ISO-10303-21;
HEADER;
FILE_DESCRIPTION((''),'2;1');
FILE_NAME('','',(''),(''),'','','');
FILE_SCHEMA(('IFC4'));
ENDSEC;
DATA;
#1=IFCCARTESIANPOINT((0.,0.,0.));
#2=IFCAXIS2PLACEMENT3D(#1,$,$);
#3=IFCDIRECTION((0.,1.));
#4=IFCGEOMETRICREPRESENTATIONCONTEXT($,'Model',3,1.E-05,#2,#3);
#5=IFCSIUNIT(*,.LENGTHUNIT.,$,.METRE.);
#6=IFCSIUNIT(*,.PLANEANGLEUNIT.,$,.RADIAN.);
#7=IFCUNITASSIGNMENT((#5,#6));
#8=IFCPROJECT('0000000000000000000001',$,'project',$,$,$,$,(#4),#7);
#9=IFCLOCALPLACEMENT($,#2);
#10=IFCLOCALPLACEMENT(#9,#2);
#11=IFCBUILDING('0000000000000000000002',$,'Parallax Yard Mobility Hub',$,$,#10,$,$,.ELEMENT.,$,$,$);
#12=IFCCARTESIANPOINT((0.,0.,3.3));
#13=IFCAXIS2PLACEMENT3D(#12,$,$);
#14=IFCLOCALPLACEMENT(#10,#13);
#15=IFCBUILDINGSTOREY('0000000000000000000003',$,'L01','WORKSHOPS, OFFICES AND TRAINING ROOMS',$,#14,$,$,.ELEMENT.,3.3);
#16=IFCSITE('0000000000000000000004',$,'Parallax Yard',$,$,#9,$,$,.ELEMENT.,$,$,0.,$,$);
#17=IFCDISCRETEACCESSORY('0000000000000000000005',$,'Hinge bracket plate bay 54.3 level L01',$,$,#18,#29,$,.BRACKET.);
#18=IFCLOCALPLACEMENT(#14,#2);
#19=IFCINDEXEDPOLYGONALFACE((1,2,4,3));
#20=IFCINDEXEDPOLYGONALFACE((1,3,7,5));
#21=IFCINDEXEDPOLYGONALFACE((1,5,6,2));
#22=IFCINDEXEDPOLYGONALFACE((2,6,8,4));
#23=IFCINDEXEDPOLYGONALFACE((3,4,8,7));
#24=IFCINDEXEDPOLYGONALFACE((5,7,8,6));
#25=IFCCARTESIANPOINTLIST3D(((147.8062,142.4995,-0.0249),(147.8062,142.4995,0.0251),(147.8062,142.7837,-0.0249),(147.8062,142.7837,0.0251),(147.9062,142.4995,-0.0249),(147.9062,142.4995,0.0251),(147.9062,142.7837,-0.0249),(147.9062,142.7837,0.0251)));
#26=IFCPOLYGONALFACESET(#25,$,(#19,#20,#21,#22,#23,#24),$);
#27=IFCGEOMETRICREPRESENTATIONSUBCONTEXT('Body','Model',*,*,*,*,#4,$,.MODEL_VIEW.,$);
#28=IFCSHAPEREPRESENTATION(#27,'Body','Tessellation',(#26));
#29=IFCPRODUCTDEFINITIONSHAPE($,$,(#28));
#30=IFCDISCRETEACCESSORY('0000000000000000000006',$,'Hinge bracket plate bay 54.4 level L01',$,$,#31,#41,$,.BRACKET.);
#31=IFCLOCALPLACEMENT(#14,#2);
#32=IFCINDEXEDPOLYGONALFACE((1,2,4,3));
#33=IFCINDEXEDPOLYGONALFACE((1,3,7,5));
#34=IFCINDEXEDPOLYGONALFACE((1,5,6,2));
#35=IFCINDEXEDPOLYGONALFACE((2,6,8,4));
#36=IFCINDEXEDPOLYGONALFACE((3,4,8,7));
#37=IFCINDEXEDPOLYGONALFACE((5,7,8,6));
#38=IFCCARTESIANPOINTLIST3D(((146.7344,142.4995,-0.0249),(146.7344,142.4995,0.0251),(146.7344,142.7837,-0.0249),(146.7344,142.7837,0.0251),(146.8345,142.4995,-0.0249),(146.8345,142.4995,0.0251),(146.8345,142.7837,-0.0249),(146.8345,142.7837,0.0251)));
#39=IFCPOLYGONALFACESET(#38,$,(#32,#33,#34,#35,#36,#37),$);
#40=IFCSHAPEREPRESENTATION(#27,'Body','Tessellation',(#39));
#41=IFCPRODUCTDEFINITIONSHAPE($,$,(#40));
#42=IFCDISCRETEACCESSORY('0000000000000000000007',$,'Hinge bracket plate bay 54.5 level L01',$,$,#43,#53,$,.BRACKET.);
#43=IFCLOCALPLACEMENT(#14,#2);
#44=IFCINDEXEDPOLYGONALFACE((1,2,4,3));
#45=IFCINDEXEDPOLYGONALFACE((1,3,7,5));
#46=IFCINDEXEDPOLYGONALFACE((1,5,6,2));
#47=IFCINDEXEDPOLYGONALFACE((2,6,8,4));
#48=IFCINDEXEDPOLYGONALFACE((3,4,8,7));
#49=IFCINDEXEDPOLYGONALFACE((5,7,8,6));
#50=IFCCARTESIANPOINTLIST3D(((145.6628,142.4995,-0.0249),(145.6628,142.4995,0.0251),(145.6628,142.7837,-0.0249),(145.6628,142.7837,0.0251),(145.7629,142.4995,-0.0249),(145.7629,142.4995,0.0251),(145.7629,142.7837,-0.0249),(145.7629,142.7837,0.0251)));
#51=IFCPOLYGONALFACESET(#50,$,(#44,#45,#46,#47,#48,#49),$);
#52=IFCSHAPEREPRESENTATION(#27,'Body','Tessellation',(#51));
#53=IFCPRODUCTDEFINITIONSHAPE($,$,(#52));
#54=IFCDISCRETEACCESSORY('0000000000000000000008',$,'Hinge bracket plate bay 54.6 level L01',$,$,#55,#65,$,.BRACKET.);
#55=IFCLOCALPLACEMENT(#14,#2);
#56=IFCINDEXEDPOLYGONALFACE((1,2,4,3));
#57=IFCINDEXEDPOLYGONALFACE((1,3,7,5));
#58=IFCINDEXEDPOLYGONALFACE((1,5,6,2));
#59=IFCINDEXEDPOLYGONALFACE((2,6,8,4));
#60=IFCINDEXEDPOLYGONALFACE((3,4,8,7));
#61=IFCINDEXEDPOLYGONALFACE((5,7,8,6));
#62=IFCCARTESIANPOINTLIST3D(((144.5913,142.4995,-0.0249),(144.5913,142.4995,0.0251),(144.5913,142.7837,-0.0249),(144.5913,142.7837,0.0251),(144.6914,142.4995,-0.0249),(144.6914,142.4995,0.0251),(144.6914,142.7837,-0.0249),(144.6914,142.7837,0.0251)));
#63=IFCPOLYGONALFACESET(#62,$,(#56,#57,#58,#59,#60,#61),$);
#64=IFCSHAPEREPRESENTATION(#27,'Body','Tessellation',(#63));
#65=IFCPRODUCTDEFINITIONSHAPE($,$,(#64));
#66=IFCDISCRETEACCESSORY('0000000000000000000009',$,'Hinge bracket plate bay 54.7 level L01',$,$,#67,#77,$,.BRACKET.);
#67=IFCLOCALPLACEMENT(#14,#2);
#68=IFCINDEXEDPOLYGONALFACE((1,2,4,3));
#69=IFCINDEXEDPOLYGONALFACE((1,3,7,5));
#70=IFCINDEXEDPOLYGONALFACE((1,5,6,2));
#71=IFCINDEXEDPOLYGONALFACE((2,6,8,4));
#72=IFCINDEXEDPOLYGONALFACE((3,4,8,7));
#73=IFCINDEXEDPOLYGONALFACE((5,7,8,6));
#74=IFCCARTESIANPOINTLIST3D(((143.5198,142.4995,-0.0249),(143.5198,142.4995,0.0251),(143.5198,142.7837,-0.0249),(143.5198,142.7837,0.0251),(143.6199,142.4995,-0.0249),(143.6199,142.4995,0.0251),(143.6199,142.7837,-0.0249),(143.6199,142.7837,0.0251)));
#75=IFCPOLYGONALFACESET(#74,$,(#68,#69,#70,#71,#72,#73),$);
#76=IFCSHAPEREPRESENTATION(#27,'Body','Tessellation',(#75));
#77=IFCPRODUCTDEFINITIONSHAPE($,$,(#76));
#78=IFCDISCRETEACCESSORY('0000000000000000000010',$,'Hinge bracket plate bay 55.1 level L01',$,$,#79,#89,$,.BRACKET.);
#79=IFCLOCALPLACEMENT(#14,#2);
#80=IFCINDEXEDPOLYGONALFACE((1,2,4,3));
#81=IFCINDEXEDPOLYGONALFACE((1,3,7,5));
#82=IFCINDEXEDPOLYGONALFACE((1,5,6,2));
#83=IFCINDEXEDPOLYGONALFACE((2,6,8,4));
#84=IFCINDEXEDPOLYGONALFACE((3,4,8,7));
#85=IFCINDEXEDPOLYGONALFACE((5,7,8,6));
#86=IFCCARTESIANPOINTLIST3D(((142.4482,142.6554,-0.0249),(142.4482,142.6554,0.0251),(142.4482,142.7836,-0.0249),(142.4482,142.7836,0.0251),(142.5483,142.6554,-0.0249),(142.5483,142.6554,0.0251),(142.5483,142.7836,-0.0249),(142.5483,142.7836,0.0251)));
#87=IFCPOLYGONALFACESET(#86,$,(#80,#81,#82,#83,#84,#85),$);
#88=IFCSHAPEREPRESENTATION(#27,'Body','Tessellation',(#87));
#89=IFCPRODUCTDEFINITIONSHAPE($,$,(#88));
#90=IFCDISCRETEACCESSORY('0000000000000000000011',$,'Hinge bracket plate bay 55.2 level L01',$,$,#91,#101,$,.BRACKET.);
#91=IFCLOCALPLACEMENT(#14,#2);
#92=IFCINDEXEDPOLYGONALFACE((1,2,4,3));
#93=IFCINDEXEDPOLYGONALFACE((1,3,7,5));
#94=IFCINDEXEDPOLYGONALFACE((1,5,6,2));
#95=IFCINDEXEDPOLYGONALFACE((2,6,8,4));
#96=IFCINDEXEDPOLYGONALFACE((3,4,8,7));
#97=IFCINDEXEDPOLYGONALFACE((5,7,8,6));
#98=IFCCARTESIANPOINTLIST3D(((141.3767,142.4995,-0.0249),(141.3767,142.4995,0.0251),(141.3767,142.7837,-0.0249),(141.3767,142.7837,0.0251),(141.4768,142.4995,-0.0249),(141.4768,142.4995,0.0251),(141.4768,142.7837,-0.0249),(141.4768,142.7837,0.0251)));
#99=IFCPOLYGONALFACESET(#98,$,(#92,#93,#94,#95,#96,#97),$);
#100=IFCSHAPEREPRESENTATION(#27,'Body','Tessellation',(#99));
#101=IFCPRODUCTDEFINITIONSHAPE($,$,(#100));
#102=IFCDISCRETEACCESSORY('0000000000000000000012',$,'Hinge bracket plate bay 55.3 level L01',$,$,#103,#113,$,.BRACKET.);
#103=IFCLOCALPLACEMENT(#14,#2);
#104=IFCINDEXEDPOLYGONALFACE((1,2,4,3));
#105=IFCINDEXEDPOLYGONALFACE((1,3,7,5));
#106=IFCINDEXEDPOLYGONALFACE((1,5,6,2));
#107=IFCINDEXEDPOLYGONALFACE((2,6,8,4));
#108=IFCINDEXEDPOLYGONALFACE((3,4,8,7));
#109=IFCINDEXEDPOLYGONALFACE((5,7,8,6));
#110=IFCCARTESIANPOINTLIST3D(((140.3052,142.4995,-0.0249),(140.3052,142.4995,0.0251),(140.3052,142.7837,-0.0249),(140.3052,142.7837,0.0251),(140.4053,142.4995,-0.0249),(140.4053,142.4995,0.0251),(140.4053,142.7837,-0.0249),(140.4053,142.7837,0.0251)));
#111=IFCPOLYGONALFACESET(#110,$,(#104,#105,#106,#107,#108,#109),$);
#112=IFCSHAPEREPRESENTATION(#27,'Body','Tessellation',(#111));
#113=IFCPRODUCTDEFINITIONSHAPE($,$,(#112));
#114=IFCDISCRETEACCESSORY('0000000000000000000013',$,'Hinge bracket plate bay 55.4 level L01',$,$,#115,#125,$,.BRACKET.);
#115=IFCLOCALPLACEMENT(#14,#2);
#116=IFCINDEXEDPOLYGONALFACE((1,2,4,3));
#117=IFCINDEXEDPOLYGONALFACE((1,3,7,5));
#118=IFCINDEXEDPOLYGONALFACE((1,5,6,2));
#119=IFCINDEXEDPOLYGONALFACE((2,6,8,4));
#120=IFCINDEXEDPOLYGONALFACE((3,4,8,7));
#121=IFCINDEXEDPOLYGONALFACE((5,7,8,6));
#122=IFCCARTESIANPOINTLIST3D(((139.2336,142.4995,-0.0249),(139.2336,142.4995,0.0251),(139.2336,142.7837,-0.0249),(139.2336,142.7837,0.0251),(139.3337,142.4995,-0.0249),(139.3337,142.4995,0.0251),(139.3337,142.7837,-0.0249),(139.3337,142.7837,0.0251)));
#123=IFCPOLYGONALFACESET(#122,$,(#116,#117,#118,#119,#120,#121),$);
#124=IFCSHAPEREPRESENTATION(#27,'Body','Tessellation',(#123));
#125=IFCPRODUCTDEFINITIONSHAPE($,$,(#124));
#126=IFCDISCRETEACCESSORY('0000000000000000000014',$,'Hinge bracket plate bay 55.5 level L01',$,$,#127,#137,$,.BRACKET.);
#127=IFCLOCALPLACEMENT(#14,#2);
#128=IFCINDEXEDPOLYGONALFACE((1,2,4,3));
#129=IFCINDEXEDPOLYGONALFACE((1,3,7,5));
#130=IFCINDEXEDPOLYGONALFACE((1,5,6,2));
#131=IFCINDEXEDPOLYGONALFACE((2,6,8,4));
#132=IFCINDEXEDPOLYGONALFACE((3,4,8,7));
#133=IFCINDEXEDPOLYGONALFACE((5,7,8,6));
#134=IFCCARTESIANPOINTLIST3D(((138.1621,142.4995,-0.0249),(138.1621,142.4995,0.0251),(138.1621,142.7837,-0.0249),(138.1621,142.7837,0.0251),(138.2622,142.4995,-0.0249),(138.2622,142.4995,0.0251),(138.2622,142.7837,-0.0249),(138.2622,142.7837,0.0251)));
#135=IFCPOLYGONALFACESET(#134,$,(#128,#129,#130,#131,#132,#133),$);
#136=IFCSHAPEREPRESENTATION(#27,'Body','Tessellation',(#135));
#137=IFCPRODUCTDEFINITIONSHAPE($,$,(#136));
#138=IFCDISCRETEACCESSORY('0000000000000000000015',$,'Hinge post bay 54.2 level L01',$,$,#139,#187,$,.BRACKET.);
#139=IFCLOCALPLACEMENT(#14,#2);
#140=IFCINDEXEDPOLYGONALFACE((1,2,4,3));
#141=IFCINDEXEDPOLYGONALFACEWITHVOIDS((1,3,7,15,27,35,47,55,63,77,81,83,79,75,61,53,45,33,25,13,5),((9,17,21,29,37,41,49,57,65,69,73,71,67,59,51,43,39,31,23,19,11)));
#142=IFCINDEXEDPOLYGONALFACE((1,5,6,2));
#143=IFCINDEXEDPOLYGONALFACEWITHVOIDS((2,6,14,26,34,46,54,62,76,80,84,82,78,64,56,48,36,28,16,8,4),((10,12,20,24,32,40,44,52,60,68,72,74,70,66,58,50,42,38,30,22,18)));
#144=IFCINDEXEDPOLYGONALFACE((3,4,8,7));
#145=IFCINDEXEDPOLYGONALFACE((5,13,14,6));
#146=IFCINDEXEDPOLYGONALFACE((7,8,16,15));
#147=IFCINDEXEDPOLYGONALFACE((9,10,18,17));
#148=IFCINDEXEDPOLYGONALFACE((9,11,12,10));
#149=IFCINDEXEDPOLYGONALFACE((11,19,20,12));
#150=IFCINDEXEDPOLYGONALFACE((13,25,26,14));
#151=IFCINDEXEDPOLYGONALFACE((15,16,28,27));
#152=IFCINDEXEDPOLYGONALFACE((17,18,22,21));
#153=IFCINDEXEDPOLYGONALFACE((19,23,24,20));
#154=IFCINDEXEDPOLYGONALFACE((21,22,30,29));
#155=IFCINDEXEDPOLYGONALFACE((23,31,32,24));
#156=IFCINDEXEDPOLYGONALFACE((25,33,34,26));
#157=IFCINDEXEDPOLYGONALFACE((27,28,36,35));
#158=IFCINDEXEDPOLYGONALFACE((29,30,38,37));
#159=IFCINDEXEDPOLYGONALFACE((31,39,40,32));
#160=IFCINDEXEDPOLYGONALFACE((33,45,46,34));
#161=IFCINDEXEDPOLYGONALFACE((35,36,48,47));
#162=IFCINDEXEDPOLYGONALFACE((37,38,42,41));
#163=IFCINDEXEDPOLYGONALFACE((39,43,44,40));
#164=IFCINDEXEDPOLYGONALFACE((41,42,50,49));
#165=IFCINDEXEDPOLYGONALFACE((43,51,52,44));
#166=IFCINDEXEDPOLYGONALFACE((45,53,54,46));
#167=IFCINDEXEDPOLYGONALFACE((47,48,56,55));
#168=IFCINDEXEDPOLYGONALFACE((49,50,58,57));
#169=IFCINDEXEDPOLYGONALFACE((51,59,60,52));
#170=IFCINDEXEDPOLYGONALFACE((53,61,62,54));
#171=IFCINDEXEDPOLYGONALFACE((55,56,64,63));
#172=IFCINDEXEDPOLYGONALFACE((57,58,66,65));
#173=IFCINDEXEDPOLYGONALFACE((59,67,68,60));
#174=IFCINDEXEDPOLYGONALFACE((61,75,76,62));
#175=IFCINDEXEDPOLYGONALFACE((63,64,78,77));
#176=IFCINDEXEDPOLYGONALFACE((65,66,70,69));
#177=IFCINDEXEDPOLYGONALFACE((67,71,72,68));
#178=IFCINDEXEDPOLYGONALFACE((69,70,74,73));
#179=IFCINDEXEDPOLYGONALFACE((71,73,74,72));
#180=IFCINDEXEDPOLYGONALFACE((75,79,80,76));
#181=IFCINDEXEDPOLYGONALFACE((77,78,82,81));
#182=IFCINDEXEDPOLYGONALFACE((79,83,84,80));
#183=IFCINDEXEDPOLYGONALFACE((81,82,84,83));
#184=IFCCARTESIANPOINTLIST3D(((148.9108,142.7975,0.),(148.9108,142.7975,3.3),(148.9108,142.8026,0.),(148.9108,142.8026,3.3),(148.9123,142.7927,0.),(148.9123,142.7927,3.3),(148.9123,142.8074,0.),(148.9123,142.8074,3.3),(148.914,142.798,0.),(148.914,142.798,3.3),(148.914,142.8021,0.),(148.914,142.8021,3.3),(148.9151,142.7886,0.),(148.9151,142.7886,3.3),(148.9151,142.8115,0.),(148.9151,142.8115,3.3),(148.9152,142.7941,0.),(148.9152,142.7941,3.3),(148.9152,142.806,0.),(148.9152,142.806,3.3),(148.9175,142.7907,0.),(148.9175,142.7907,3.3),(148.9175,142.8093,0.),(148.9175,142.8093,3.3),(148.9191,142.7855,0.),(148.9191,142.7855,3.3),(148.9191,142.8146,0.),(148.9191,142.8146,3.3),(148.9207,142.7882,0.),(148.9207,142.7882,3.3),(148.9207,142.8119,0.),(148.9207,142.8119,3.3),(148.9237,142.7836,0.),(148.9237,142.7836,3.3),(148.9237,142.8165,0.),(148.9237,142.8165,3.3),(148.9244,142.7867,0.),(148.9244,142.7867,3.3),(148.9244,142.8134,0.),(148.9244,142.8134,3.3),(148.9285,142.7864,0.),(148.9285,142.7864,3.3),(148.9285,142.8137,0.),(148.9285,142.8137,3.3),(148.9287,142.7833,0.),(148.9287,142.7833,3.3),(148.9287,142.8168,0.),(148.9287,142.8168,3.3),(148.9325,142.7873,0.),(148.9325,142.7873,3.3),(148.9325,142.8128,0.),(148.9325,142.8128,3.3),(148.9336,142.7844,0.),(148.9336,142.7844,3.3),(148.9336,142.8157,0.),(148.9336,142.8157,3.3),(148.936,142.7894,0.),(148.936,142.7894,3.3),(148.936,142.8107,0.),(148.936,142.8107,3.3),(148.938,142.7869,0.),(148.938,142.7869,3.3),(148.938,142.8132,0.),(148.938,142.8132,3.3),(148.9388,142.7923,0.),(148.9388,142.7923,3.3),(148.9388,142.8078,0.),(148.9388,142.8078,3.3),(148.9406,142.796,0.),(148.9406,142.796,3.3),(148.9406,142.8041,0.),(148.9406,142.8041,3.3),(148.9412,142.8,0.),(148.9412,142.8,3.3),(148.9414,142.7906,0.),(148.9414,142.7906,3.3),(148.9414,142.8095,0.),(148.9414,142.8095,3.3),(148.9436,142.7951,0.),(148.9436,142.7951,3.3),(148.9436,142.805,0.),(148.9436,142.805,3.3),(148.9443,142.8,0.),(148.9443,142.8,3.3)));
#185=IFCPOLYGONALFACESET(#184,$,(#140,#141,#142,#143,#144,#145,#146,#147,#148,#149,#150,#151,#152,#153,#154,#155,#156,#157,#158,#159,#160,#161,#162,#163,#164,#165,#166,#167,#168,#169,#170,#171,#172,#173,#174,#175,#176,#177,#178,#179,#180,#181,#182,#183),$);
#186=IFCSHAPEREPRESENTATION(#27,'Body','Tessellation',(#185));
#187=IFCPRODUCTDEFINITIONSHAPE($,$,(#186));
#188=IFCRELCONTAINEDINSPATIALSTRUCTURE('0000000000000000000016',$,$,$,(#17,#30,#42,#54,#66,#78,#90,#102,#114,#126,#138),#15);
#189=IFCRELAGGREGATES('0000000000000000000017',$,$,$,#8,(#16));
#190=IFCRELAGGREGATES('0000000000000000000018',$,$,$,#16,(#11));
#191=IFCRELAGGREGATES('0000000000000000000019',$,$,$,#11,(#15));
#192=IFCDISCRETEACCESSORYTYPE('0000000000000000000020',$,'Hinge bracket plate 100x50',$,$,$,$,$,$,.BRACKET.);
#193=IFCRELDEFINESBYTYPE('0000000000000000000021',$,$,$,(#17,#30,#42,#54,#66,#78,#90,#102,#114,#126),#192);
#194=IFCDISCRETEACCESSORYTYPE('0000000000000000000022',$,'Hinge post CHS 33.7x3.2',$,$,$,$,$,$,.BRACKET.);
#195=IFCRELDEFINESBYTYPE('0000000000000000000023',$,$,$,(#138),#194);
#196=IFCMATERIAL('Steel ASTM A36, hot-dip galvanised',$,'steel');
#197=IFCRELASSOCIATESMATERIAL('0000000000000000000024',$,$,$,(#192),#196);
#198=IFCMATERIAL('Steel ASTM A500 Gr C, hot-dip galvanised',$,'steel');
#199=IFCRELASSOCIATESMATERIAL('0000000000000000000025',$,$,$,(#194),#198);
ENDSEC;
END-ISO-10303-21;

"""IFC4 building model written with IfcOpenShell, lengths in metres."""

from ifc_helpers import new_model, si_unit, direction, frame, origin, origin_2d, place, context, subcontext, project, spatial, rectangle, hollow_circle, extrude, material, material_profile, profile_set, type_object, element, save


model = new_model("IFC4")

# Units and contexts
model_context = context("Model", 3, precision=1e-05, world=origin(), true_north=direction((0.0, 1.0)))
body_context = subcontext(model_context, "Body", "Model", "MODEL_VIEW")
ifc_project = project(units=[si_unit("LENGTHUNIT", "METRE"), si_unit("PLANEANGLEUNIT", "RADIAN")], contexts=[model_context])

# Site, building, storey
site_placement = place(None, origin())
site = spatial("IfcSite", under=ifc_project, at=site_placement, Name="Parallax Yard", CompositionType="ELEMENT", RefElevation=0.0)
building_placement = place(site_placement, origin())
building = spatial("IfcBuilding", under=site, at=building_placement, Name="Parallax Yard Mobility Hub", CompositionType="ELEMENT")
storey_placement = place(building_placement, frame((0.0, 0.0, 3.3)))
storey = spatial("IfcBuildingStorey", under=building, at=storey_placement, Name="L01", Description="WORKSHOPS, OFFICES AND TRAINING ROOMS", CompositionType="ELEMENT", Elevation=3.3)

# Discrete accessories
ifc_material_1 = material(Name="Steel ASTM A36, hot-dip galvanised", Category="steel")
discrete_accessory_type_1 = type_object("IfcDiscreteAccessoryType", Name="Hinge bracket plate 100x50", PredefinedType="BRACKET", material=ifc_material_1)
for number, where, z_axis, x_axis, name in (
    (1, (147.8562, 142.6416, -0.0249), (0.0, 0.0, 1.0), (0.0, 1.0, 0.0), "Hinge bracket plate bay 54.3 level L01"),
    (2, (146.7844, 142.6416, -0.0249), (0.0, 0.0, 1.0), (0.0, 1.0, 0.0), "Hinge bracket plate bay 54.4 level L01"),
    (3, (145.7129, 142.6416, -0.0249), (0.0, 0.0, 1.0), (0.0, 1.0, 0.0), "Hinge bracket plate bay 54.5 level L01"),
    (4, (144.6414, 142.6416, -0.0249), (0.0, 0.0, 1.0), (0.0, 1.0, 0.0), "Hinge bracket plate bay 54.6 level L01"),
    (5, (143.5698, 142.6416, -0.0249), (0.0, 0.0, 1.0), (0.0, 1.0, 0.0), "Hinge bracket plate bay 54.7 level L01"),
):
    element("IfcDiscreteAccessory", number, at=place(storey_placement, frame(where, z_axis=z_axis, x_axis=x_axis)), inside=storey, type_object=discrete_accessory_type_1, Name=name, PredefinedType="BRACKET", context=body_context, shape_type="SweptSolid", body=[
        extrude(rectangle(XDim=0.2842, YDim=0.1001, at=origin_2d()), origin(), (0.0, 0.0, 1.0), 0.05),
    ])
discrete_accessory_placement = place(storey_placement, frame((142.4983, 142.7195, -0.0249), z_axis=(0.0, 0.0, 1.0), x_axis=(0.0, 1.0, 0.0)))
element("IfcDiscreteAccessory", 6, at=discrete_accessory_placement, inside=storey, type_object=discrete_accessory_type_1, Name="Hinge bracket plate bay 55.1 level L01", PredefinedType="BRACKET", context=body_context, shape_type="SweptSolid", body=[
    extrude(rectangle(XDim=0.1282, YDim=0.1001, at=origin_2d()), origin(), (0.0, 0.0, 1.0), 0.05),
])
for number, where, z_axis, x_axis, name in (
    (7, (141.4268, 142.6416, -0.0249), (0.0, 0.0, 1.0), (0.0, 1.0, 0.0), "Hinge bracket plate bay 55.2 level L01"),
    (8, (140.3552, 142.6416, -0.0249), (0.0, 0.0, 1.0), (0.0, 1.0, 0.0), "Hinge bracket plate bay 55.3 level L01"),
    (9, (139.2837, 142.6416, -0.0249), (0.0, 0.0, 1.0), (0.0, 1.0, 0.0), "Hinge bracket plate bay 55.4 level L01"),
    (10, (138.2122, 142.6416, -0.0249), (0.0, 0.0, 1.0), (0.0, 1.0, 0.0), "Hinge bracket plate bay 55.5 level L01"),
):
    element("IfcDiscreteAccessory", number, at=place(storey_placement, frame(where, z_axis=z_axis, x_axis=x_axis)), inside=storey, type_object=discrete_accessory_type_1, Name=name, PredefinedType="BRACKET", context=body_context, shape_type="SweptSolid", body=[
        extrude(rectangle(XDim=0.2842, YDim=0.1001, at=origin_2d()), origin(), (0.0, 0.0, 1.0), 0.05),
    ])
ifc_material_2 = material(Name="Steel ASTM A500 Gr C, hot-dip galvanised", Category="steel")
ifc_material_profile_1 = material_profile(ifc_material_2, hollow_circle(Radius=0.0168, WallThickness=0.0032, at=origin_2d()), Name="CHS 33.7x3.2")
ifc_profile_set_1 = profile_set([ifc_material_profile_1], Name="Steel ASTM A500 Gr C, hot-dip galvanised")
discrete_accessory_type_2 = type_object("IfcDiscreteAccessoryType", Name="Hinge post CHS 33.7x3.2", PredefinedType="BRACKET", material=ifc_profile_set_1)
for number, where, z_axis, x_axis, name in (
    (11, (148.9275, 142.8, 0.0), (0.0, 0.0, 1.0), (1.0, 0.0, 0.0), "Hinge post bay 54.2 level L01"),
):
    element("IfcDiscreteAccessory", number, at=place(storey_placement, frame(where, z_axis=z_axis, x_axis=x_axis)), inside=storey, type_object=discrete_accessory_type_2, Name=name, PredefinedType="BRACKET", context=body_context, shape_type="SweptSolid", body=[
        extrude(hollow_circle(Radius=0.0168, WallThickness=0.0032, at=origin_2d()), origin(), (0.0, 0.0, 1.0), 3.3),
    ])

save(model, "model.ifc")
